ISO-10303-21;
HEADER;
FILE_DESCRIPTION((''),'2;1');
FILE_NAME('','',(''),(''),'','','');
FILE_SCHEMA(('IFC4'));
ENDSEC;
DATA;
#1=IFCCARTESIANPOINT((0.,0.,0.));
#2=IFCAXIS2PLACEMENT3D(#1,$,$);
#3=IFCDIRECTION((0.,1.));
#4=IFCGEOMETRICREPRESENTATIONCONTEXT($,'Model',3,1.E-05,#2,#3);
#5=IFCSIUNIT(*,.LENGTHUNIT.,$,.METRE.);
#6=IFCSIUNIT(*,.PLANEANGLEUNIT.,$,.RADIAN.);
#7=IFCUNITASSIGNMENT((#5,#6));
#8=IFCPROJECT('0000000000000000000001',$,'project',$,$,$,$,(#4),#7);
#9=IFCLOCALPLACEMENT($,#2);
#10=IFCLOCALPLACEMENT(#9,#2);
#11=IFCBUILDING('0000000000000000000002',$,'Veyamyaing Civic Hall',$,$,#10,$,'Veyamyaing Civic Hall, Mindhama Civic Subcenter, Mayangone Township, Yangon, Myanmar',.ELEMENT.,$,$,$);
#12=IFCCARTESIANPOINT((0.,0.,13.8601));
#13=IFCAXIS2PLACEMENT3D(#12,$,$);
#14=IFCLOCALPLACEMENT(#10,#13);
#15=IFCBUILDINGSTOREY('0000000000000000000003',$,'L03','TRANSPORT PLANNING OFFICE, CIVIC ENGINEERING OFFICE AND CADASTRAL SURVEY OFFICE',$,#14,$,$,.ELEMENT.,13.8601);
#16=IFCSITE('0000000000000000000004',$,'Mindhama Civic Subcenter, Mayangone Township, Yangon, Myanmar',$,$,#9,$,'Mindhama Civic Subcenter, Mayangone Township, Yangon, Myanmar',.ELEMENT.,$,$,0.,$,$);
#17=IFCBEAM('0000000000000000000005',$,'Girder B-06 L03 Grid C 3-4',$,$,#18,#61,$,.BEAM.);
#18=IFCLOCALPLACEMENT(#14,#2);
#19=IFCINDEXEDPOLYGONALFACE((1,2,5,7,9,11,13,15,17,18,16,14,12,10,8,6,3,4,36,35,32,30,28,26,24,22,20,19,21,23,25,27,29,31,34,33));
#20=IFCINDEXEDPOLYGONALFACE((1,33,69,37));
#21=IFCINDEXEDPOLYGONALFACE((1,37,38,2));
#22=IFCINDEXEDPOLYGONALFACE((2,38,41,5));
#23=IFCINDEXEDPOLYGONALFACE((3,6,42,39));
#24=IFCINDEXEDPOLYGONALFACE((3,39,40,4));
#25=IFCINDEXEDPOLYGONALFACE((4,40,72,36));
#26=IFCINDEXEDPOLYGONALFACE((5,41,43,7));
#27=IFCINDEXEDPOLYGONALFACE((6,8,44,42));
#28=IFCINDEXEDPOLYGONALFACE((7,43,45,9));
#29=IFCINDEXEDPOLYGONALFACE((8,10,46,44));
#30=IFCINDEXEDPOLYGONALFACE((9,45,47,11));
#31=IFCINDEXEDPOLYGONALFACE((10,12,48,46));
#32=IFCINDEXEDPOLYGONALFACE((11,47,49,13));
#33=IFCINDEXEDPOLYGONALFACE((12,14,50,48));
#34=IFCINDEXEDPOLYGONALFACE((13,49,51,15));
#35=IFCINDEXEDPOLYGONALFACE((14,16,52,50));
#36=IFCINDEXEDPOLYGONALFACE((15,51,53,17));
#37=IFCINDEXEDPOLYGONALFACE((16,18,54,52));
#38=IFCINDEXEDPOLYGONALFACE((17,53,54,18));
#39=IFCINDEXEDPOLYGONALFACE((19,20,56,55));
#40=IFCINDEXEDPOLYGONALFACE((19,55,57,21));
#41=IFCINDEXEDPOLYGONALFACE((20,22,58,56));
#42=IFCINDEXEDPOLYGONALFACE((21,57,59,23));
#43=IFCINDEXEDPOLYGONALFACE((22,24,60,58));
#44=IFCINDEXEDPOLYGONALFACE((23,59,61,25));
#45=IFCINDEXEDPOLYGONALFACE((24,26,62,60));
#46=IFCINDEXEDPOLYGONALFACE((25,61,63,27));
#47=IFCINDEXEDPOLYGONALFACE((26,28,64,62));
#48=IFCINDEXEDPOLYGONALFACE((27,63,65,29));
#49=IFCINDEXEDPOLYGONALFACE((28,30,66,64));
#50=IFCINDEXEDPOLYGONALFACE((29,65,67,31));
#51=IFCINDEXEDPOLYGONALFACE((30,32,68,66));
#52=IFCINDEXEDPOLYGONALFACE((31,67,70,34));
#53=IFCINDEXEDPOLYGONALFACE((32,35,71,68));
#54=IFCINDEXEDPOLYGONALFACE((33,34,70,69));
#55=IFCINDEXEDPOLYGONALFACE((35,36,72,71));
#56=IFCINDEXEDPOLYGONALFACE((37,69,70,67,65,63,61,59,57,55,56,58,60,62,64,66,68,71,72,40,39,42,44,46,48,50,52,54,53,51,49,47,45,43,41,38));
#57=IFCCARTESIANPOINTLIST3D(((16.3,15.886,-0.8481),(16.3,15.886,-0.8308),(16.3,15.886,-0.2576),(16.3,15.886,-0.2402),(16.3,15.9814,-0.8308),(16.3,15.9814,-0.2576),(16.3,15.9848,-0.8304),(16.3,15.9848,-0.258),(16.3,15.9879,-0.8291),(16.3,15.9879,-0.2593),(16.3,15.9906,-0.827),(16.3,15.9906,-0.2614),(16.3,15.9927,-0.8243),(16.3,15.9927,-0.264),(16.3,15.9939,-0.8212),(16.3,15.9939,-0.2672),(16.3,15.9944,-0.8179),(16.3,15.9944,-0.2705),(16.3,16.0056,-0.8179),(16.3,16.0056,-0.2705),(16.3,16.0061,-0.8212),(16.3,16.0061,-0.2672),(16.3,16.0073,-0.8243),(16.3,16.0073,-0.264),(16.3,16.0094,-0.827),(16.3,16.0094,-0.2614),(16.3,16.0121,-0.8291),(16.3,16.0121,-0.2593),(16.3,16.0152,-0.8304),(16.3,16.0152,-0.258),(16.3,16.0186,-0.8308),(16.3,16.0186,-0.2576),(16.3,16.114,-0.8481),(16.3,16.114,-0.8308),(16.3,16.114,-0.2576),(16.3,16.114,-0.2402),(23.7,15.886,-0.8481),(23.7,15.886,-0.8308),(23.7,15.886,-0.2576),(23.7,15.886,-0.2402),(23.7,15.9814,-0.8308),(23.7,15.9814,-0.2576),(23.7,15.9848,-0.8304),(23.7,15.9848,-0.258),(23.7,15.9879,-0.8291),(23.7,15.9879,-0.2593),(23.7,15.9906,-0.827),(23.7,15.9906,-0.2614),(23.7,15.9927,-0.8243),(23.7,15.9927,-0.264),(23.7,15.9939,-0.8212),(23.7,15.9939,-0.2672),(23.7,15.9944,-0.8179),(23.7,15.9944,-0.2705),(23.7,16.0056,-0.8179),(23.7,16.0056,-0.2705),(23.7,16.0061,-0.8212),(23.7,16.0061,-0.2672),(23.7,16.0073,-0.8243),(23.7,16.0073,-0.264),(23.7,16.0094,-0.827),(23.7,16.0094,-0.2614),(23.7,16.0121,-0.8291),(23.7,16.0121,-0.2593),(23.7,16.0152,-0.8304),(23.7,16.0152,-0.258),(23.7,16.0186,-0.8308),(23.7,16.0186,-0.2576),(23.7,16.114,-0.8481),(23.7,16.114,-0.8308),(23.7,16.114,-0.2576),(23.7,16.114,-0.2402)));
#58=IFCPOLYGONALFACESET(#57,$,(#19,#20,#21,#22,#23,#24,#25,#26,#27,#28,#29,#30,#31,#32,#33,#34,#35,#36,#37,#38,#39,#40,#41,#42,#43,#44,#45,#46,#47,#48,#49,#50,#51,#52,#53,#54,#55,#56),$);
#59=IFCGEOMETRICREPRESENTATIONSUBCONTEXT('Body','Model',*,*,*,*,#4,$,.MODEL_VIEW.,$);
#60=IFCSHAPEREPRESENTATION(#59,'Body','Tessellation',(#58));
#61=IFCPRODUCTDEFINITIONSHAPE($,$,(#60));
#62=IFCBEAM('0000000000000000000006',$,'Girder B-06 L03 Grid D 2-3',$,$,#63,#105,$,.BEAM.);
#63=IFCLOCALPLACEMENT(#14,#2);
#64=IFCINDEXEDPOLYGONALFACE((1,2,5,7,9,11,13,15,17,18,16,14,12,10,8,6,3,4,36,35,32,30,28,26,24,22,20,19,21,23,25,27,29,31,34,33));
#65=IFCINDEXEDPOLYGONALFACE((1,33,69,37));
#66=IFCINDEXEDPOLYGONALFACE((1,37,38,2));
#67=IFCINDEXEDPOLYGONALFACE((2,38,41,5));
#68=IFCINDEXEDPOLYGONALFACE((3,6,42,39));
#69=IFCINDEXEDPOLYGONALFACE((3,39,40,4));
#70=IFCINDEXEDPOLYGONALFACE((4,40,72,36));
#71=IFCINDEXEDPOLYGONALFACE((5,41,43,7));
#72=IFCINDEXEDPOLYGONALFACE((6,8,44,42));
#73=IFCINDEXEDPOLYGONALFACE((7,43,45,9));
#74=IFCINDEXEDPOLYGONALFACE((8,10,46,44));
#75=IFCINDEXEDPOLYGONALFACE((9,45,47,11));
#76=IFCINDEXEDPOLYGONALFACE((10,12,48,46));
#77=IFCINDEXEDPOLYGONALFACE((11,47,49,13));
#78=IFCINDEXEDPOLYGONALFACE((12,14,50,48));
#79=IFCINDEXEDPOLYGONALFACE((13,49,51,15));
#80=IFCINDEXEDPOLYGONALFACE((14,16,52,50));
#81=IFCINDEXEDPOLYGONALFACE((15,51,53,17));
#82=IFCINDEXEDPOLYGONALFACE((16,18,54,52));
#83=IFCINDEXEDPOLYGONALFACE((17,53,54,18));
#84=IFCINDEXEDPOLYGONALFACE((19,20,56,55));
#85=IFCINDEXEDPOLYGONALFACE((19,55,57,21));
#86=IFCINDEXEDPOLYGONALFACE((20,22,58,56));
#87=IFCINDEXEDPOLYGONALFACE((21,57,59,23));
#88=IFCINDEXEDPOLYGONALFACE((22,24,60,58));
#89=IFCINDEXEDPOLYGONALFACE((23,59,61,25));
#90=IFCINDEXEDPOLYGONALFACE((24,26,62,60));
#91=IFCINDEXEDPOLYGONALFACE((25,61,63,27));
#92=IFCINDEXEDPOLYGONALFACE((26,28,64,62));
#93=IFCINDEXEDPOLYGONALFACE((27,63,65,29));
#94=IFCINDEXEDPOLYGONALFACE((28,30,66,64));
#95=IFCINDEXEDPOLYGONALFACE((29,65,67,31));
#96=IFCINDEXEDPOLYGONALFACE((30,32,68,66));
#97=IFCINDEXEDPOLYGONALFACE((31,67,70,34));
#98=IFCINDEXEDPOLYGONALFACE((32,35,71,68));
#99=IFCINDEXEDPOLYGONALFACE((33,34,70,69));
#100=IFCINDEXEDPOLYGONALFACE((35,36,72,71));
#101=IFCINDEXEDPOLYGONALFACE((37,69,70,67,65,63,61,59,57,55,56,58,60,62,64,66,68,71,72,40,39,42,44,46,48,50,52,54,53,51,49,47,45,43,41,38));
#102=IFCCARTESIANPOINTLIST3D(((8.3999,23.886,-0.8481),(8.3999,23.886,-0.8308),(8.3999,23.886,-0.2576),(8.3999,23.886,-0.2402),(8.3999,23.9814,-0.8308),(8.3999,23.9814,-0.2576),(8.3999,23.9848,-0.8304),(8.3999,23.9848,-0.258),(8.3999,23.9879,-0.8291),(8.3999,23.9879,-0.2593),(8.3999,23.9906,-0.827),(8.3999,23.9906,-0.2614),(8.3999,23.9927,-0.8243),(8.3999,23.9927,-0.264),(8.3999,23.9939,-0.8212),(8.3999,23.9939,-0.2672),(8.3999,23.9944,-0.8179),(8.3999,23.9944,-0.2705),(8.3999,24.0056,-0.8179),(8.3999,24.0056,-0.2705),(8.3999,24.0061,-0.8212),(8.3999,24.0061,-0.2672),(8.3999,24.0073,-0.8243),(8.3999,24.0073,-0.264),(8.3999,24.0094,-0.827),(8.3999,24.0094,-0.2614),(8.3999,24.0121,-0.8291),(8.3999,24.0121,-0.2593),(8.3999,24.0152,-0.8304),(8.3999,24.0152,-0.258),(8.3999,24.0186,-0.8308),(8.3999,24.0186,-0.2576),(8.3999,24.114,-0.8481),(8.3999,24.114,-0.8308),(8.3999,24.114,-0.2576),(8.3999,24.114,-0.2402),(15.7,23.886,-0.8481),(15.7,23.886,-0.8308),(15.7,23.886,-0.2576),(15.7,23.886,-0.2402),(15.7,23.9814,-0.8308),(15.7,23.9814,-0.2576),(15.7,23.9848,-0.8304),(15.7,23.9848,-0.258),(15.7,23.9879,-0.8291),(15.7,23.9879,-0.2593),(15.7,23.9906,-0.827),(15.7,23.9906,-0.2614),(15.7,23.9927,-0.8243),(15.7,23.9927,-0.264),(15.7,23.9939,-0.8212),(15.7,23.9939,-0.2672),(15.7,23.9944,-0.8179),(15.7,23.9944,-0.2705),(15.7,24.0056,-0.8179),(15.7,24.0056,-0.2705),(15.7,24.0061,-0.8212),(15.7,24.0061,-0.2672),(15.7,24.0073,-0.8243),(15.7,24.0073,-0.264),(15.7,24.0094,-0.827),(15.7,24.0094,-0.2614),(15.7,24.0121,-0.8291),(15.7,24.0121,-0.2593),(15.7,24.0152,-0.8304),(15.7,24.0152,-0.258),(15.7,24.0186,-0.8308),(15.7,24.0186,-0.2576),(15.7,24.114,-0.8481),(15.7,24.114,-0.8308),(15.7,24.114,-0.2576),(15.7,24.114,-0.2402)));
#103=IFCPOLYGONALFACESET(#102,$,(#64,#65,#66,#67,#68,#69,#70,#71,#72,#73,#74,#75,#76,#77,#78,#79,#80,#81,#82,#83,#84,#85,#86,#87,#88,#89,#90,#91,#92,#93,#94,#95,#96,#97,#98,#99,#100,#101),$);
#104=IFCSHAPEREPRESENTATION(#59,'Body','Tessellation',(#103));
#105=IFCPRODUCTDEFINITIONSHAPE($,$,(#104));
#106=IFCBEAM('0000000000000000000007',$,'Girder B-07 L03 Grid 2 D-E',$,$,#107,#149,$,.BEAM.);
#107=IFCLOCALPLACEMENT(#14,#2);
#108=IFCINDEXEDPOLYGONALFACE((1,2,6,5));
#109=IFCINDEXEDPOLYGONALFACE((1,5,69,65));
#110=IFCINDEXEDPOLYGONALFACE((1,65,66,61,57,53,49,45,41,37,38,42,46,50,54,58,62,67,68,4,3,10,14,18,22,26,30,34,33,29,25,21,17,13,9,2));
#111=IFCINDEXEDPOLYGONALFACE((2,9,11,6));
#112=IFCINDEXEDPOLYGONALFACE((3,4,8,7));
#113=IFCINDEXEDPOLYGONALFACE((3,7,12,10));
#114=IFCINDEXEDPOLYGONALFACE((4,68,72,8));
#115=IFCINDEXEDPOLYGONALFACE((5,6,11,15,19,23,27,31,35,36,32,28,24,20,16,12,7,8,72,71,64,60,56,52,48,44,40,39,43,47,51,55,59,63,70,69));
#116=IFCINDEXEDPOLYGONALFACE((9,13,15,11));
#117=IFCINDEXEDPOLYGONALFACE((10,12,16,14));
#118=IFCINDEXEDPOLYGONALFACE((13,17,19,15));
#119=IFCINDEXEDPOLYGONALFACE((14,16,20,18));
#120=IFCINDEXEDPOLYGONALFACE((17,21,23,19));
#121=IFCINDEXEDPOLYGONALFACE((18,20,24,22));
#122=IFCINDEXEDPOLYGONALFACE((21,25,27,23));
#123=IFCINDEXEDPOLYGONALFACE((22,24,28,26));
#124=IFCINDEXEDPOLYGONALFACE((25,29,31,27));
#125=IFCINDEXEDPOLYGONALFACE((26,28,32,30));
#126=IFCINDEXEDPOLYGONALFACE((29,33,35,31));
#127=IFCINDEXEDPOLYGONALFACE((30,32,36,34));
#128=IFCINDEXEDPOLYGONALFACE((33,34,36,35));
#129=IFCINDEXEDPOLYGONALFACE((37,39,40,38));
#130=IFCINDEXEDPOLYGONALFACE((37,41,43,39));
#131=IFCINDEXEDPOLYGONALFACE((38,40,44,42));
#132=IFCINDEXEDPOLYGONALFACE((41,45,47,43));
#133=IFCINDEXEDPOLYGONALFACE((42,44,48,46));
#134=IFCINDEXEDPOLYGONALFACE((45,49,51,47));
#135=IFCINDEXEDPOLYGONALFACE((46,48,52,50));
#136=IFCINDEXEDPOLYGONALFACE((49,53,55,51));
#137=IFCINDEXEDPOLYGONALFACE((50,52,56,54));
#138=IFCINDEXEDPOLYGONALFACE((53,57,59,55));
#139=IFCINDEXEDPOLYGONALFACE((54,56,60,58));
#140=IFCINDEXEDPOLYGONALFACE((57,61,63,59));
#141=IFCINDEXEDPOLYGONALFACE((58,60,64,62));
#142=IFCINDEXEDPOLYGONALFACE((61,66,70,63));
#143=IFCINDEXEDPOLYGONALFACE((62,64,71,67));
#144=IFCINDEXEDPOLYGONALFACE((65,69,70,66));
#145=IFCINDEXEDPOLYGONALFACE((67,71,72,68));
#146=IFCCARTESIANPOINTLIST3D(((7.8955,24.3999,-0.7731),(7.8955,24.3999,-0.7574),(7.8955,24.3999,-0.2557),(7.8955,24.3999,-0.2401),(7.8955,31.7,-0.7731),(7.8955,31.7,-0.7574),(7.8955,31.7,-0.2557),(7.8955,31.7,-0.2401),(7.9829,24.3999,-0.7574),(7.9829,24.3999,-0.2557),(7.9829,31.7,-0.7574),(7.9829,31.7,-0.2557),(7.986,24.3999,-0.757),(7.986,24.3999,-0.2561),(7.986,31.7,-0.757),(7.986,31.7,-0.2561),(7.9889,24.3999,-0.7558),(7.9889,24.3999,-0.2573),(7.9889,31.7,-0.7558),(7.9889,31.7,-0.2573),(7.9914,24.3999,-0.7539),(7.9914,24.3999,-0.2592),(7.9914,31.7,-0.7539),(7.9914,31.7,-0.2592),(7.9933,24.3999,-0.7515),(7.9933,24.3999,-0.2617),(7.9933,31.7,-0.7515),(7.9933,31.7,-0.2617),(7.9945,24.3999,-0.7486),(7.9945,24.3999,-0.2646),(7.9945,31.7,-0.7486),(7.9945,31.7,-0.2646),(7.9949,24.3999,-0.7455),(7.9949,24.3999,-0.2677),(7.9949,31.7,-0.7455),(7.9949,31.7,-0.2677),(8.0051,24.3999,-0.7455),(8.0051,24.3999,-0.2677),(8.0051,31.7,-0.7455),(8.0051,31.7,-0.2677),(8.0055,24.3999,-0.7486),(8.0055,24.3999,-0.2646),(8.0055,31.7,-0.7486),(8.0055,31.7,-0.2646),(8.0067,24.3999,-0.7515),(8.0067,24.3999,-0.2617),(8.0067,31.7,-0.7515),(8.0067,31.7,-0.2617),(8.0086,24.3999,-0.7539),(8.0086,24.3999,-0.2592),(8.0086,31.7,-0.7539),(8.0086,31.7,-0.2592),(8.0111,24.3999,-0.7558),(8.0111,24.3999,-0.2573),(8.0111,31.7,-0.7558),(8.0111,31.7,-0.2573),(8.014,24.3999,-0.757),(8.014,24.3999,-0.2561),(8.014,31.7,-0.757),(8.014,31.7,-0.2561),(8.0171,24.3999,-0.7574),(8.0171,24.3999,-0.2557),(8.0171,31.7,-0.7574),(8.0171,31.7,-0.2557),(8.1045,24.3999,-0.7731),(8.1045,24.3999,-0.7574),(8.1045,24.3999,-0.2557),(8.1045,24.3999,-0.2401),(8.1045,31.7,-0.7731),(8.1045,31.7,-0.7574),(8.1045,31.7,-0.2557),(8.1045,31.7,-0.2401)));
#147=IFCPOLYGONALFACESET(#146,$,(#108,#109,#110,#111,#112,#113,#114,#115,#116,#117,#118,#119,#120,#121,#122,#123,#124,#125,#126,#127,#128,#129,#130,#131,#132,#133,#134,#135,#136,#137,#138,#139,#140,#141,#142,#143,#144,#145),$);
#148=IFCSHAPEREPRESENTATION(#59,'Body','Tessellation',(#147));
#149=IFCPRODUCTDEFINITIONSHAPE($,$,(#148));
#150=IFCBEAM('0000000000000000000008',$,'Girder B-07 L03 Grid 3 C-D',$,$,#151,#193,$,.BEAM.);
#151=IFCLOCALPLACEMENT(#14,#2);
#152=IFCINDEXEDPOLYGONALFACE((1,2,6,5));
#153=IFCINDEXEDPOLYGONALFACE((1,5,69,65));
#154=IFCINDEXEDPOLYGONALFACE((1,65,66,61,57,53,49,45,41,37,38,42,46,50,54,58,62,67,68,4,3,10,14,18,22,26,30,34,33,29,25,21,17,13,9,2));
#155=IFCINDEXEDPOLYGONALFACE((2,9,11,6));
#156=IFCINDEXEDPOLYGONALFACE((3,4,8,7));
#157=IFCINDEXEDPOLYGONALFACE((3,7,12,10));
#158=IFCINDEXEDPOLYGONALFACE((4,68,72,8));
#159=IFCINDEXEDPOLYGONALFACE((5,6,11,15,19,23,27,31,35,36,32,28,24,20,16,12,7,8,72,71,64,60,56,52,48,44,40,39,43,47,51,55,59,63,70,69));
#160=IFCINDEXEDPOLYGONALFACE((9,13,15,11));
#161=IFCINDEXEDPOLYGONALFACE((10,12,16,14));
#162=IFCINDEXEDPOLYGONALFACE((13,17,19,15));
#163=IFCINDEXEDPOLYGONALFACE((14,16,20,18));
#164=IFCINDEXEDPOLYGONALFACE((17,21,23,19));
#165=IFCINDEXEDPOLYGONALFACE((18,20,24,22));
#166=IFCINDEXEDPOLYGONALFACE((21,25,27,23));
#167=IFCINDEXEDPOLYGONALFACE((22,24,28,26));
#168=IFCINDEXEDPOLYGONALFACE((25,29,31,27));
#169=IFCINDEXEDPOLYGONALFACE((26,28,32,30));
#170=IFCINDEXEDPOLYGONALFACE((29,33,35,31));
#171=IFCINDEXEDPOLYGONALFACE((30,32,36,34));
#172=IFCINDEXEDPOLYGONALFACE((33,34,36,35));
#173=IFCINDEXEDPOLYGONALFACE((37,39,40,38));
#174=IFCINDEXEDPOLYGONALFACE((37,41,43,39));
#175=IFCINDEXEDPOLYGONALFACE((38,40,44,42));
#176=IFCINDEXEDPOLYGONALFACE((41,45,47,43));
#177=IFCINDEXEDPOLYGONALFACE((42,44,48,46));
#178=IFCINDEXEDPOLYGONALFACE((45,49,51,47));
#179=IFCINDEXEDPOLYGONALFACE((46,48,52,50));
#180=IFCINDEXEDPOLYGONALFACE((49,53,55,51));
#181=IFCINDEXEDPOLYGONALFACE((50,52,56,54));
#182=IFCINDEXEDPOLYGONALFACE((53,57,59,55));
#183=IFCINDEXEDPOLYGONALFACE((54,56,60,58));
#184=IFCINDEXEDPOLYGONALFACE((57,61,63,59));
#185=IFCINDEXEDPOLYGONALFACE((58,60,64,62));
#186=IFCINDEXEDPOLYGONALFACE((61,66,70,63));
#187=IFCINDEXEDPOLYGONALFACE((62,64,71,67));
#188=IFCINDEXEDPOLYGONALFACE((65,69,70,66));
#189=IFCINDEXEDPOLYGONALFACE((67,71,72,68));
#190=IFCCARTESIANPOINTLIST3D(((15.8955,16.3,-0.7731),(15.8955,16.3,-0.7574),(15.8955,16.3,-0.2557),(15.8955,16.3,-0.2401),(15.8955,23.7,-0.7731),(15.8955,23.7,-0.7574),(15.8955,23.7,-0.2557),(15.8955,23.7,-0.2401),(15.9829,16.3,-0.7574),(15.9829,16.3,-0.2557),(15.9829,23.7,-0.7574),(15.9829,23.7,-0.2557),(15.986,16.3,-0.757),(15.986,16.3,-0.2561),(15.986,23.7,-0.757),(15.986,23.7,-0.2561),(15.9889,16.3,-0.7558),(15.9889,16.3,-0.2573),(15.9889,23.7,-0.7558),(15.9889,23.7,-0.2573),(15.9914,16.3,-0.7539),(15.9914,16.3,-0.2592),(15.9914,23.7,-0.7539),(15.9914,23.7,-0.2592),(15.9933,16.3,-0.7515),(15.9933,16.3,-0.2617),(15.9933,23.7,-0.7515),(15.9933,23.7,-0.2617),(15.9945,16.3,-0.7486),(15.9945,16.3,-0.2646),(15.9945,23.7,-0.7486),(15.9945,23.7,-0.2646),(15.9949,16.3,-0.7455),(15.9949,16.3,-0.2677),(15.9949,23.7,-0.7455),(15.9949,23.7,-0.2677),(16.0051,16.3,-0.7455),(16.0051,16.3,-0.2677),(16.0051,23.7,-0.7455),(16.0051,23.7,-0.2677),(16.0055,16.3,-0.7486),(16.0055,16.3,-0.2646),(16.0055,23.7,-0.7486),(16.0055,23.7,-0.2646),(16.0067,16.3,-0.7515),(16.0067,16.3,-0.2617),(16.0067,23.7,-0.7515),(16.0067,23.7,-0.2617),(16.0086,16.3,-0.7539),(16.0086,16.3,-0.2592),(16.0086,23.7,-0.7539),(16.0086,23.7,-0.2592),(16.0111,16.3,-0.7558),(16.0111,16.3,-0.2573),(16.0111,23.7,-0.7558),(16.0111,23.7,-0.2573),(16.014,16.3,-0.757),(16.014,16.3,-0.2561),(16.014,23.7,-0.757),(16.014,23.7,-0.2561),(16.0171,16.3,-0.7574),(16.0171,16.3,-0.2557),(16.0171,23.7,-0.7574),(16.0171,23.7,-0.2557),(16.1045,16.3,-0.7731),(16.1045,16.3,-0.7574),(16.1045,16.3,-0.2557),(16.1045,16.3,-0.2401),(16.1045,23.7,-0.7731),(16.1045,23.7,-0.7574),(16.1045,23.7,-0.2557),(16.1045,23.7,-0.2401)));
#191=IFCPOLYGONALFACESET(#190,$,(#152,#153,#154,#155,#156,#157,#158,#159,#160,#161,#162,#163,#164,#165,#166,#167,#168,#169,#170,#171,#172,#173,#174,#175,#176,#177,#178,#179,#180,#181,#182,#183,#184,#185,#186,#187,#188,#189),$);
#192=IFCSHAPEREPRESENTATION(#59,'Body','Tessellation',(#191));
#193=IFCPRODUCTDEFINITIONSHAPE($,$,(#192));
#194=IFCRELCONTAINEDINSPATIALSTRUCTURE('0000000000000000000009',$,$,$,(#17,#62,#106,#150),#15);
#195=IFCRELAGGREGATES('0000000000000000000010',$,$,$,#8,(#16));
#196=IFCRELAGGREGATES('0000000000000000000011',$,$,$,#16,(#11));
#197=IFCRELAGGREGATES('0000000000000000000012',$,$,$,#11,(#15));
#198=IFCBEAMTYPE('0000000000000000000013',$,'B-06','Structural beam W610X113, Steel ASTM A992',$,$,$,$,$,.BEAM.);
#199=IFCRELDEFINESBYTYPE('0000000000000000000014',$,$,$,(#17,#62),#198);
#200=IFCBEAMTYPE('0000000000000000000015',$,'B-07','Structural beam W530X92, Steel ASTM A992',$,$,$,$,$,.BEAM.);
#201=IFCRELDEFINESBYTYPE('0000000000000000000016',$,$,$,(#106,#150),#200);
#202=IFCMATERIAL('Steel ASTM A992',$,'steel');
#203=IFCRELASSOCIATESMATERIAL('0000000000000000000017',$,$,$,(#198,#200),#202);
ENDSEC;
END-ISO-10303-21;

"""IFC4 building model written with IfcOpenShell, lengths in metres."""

from ifc_helpers import new_model, si_unit, direction, frame, origin, origin_2d, place, context, subcontext, project, spatial, i_section, extrude, material, material_profile, profile_set, type_object, element, save


model = new_model("IFC4")

# Units and contexts
model_context = context("Model", 3, precision=1e-05, world=origin(), true_north=direction((0.0, 1.0)))
body_context = subcontext(model_context, "Body", "Model", "MODEL_VIEW")
ifc_project = project(units=[si_unit("LENGTHUNIT", "METRE"), si_unit("PLANEANGLEUNIT", "RADIAN")], contexts=[model_context])

# Site, building, storey
site_placement = place(None, origin())
site = spatial("IfcSite", under=ifc_project, at=site_placement, Name="Mindhama Civic Subcenter, Mayangone Township, Yangon, Myanmar", LongName="Mindhama Civic Subcenter, Mayangone Township, Yangon, Myanmar", CompositionType="ELEMENT", RefElevation=0.0)
building_placement = place(site_placement, origin())
building = spatial("IfcBuilding", under=site, at=building_placement, Name="Veyamyaing Civic Hall", LongName="Veyamyaing Civic Hall, Mindhama Civic Subcenter, Mayangone Township, Yangon, Myanmar", CompositionType="ELEMENT")
storey_placement = place(building_placement, frame((0.0, 0.0, 13.8601)))
storey = spatial("IfcBuildingStorey", under=building, at=storey_placement, Name="L03", Description="TRANSPORT PLANNING OFFICE, CIVIC ENGINEERING OFFICE AND CADASTRAL SURVEY OFFICE", CompositionType="ELEMENT", Elevation=13.8601)

# Beams
ifc_material_1 = material(Name="Steel ASTM A992", Category="steel")
ifc_material_profile_1 = material_profile(ifc_material_1, i_section(OverallWidth=0.228, OverallDepth=0.6079, WebThickness=0.0112, FlangeThickness=0.0173, FilletRadius=0.0129, at=origin_2d()), Name="W610X113")
ifc_profile_set_1 = profile_set([ifc_material_profile_1], Name="Steel ASTM A992")
beam_type_1 = type_object("IfcBeamType", Name="B-06", Description="Structural beam W610X113, Steel ASTM A992", PredefinedType="BEAM", material=ifc_profile_set_1)
beam_1_placement = place(storey_placement, frame((16.3, 16.0, -0.5442), z_axis=(1.0, 0.0, 0.0), x_axis=(0.0, 1.0, 0.0)))
element("IfcBeam", 1, at=beam_1_placement, inside=storey, type_object=beam_type_1, Name="Girder B-06 L03 Grid C 3-4", PredefinedType="BEAM", context=body_context, shape_type="SweptSolid", body=[
    extrude(i_section(OverallWidth=0.228, OverallDepth=0.6079, WebThickness=0.0112, FlangeThickness=0.0173, FilletRadius=0.0129, at=origin_2d()), origin(), (0.0, 0.0, 1.0), 7.3999),
])
beam_2_placement = place(storey_placement, frame((8.3999, 24.0, -0.5442), z_axis=(1.0, 0.0, 0.0), x_axis=(0.0, 1.0, 0.0)))
element("IfcBeam", 2, at=beam_2_placement, inside=storey, type_object=beam_type_1, Name="Girder B-06 L03 Grid D 2-3", PredefinedType="BEAM", context=body_context, shape_type="SweptSolid", body=[
    extrude(i_section(OverallWidth=0.228, OverallDepth=0.6079, WebThickness=0.0112, FlangeThickness=0.0173, FilletRadius=0.0129, at=origin_2d()), origin(), (0.0, 0.0, 1.0), 7.3),
])
ifc_material_profile_2 = material_profile(ifc_material_1, i_section(OverallWidth=0.209, OverallDepth=0.533, WebThickness=0.0103, FlangeThickness=0.0156, FilletRadius=0.012, at=origin_2d()), Name="W530X92")
ifc_profile_set_2 = profile_set([ifc_material_profile_2], Name="Steel ASTM A992")
beam_type_2 = type_object("IfcBeamType", Name="B-07", Description="Structural beam W530X92, Steel ASTM A992", PredefinedType="BEAM", material=ifc_profile_set_2)
beam_3_placement = place(storey_placement, frame((8.0, 24.3999, -0.5066), z_axis=(0.0, 1.0, 0.0), x_axis=(-1.0, 0.0, 0.0)))
element("IfcBeam", 3, at=beam_3_placement, inside=storey, type_object=beam_type_2, Name="Girder B-07 L03 Grid 2 D-E", PredefinedType="BEAM", context=body_context, shape_type="SweptSolid", body=[
    extrude(i_section(OverallWidth=0.209, OverallDepth=0.533, WebThickness=0.0103, FlangeThickness=0.0156, FilletRadius=0.012, at=origin_2d()), origin(), (0.0, 0.0, 1.0), 7.3),
])
beam_4_placement = place(storey_placement, frame((16.0, 16.3, -0.5066), z_axis=(0.0, 1.0, 0.0), x_axis=(-1.0, 0.0, 0.0)))
element("IfcBeam", 4, at=beam_4_placement, inside=storey, type_object=beam_type_2, Name="Girder B-07 L03 Grid 3 C-D", PredefinedType="BEAM", context=body_context, shape_type="SweptSolid", body=[
    extrude(i_section(OverallWidth=0.209, OverallDepth=0.533, WebThickness=0.0103, FlangeThickness=0.0156, FilletRadius=0.012, at=origin_2d()), origin(), (0.0, 0.0, 1.0), 7.3999),
])

save(model, "model.ifc")
